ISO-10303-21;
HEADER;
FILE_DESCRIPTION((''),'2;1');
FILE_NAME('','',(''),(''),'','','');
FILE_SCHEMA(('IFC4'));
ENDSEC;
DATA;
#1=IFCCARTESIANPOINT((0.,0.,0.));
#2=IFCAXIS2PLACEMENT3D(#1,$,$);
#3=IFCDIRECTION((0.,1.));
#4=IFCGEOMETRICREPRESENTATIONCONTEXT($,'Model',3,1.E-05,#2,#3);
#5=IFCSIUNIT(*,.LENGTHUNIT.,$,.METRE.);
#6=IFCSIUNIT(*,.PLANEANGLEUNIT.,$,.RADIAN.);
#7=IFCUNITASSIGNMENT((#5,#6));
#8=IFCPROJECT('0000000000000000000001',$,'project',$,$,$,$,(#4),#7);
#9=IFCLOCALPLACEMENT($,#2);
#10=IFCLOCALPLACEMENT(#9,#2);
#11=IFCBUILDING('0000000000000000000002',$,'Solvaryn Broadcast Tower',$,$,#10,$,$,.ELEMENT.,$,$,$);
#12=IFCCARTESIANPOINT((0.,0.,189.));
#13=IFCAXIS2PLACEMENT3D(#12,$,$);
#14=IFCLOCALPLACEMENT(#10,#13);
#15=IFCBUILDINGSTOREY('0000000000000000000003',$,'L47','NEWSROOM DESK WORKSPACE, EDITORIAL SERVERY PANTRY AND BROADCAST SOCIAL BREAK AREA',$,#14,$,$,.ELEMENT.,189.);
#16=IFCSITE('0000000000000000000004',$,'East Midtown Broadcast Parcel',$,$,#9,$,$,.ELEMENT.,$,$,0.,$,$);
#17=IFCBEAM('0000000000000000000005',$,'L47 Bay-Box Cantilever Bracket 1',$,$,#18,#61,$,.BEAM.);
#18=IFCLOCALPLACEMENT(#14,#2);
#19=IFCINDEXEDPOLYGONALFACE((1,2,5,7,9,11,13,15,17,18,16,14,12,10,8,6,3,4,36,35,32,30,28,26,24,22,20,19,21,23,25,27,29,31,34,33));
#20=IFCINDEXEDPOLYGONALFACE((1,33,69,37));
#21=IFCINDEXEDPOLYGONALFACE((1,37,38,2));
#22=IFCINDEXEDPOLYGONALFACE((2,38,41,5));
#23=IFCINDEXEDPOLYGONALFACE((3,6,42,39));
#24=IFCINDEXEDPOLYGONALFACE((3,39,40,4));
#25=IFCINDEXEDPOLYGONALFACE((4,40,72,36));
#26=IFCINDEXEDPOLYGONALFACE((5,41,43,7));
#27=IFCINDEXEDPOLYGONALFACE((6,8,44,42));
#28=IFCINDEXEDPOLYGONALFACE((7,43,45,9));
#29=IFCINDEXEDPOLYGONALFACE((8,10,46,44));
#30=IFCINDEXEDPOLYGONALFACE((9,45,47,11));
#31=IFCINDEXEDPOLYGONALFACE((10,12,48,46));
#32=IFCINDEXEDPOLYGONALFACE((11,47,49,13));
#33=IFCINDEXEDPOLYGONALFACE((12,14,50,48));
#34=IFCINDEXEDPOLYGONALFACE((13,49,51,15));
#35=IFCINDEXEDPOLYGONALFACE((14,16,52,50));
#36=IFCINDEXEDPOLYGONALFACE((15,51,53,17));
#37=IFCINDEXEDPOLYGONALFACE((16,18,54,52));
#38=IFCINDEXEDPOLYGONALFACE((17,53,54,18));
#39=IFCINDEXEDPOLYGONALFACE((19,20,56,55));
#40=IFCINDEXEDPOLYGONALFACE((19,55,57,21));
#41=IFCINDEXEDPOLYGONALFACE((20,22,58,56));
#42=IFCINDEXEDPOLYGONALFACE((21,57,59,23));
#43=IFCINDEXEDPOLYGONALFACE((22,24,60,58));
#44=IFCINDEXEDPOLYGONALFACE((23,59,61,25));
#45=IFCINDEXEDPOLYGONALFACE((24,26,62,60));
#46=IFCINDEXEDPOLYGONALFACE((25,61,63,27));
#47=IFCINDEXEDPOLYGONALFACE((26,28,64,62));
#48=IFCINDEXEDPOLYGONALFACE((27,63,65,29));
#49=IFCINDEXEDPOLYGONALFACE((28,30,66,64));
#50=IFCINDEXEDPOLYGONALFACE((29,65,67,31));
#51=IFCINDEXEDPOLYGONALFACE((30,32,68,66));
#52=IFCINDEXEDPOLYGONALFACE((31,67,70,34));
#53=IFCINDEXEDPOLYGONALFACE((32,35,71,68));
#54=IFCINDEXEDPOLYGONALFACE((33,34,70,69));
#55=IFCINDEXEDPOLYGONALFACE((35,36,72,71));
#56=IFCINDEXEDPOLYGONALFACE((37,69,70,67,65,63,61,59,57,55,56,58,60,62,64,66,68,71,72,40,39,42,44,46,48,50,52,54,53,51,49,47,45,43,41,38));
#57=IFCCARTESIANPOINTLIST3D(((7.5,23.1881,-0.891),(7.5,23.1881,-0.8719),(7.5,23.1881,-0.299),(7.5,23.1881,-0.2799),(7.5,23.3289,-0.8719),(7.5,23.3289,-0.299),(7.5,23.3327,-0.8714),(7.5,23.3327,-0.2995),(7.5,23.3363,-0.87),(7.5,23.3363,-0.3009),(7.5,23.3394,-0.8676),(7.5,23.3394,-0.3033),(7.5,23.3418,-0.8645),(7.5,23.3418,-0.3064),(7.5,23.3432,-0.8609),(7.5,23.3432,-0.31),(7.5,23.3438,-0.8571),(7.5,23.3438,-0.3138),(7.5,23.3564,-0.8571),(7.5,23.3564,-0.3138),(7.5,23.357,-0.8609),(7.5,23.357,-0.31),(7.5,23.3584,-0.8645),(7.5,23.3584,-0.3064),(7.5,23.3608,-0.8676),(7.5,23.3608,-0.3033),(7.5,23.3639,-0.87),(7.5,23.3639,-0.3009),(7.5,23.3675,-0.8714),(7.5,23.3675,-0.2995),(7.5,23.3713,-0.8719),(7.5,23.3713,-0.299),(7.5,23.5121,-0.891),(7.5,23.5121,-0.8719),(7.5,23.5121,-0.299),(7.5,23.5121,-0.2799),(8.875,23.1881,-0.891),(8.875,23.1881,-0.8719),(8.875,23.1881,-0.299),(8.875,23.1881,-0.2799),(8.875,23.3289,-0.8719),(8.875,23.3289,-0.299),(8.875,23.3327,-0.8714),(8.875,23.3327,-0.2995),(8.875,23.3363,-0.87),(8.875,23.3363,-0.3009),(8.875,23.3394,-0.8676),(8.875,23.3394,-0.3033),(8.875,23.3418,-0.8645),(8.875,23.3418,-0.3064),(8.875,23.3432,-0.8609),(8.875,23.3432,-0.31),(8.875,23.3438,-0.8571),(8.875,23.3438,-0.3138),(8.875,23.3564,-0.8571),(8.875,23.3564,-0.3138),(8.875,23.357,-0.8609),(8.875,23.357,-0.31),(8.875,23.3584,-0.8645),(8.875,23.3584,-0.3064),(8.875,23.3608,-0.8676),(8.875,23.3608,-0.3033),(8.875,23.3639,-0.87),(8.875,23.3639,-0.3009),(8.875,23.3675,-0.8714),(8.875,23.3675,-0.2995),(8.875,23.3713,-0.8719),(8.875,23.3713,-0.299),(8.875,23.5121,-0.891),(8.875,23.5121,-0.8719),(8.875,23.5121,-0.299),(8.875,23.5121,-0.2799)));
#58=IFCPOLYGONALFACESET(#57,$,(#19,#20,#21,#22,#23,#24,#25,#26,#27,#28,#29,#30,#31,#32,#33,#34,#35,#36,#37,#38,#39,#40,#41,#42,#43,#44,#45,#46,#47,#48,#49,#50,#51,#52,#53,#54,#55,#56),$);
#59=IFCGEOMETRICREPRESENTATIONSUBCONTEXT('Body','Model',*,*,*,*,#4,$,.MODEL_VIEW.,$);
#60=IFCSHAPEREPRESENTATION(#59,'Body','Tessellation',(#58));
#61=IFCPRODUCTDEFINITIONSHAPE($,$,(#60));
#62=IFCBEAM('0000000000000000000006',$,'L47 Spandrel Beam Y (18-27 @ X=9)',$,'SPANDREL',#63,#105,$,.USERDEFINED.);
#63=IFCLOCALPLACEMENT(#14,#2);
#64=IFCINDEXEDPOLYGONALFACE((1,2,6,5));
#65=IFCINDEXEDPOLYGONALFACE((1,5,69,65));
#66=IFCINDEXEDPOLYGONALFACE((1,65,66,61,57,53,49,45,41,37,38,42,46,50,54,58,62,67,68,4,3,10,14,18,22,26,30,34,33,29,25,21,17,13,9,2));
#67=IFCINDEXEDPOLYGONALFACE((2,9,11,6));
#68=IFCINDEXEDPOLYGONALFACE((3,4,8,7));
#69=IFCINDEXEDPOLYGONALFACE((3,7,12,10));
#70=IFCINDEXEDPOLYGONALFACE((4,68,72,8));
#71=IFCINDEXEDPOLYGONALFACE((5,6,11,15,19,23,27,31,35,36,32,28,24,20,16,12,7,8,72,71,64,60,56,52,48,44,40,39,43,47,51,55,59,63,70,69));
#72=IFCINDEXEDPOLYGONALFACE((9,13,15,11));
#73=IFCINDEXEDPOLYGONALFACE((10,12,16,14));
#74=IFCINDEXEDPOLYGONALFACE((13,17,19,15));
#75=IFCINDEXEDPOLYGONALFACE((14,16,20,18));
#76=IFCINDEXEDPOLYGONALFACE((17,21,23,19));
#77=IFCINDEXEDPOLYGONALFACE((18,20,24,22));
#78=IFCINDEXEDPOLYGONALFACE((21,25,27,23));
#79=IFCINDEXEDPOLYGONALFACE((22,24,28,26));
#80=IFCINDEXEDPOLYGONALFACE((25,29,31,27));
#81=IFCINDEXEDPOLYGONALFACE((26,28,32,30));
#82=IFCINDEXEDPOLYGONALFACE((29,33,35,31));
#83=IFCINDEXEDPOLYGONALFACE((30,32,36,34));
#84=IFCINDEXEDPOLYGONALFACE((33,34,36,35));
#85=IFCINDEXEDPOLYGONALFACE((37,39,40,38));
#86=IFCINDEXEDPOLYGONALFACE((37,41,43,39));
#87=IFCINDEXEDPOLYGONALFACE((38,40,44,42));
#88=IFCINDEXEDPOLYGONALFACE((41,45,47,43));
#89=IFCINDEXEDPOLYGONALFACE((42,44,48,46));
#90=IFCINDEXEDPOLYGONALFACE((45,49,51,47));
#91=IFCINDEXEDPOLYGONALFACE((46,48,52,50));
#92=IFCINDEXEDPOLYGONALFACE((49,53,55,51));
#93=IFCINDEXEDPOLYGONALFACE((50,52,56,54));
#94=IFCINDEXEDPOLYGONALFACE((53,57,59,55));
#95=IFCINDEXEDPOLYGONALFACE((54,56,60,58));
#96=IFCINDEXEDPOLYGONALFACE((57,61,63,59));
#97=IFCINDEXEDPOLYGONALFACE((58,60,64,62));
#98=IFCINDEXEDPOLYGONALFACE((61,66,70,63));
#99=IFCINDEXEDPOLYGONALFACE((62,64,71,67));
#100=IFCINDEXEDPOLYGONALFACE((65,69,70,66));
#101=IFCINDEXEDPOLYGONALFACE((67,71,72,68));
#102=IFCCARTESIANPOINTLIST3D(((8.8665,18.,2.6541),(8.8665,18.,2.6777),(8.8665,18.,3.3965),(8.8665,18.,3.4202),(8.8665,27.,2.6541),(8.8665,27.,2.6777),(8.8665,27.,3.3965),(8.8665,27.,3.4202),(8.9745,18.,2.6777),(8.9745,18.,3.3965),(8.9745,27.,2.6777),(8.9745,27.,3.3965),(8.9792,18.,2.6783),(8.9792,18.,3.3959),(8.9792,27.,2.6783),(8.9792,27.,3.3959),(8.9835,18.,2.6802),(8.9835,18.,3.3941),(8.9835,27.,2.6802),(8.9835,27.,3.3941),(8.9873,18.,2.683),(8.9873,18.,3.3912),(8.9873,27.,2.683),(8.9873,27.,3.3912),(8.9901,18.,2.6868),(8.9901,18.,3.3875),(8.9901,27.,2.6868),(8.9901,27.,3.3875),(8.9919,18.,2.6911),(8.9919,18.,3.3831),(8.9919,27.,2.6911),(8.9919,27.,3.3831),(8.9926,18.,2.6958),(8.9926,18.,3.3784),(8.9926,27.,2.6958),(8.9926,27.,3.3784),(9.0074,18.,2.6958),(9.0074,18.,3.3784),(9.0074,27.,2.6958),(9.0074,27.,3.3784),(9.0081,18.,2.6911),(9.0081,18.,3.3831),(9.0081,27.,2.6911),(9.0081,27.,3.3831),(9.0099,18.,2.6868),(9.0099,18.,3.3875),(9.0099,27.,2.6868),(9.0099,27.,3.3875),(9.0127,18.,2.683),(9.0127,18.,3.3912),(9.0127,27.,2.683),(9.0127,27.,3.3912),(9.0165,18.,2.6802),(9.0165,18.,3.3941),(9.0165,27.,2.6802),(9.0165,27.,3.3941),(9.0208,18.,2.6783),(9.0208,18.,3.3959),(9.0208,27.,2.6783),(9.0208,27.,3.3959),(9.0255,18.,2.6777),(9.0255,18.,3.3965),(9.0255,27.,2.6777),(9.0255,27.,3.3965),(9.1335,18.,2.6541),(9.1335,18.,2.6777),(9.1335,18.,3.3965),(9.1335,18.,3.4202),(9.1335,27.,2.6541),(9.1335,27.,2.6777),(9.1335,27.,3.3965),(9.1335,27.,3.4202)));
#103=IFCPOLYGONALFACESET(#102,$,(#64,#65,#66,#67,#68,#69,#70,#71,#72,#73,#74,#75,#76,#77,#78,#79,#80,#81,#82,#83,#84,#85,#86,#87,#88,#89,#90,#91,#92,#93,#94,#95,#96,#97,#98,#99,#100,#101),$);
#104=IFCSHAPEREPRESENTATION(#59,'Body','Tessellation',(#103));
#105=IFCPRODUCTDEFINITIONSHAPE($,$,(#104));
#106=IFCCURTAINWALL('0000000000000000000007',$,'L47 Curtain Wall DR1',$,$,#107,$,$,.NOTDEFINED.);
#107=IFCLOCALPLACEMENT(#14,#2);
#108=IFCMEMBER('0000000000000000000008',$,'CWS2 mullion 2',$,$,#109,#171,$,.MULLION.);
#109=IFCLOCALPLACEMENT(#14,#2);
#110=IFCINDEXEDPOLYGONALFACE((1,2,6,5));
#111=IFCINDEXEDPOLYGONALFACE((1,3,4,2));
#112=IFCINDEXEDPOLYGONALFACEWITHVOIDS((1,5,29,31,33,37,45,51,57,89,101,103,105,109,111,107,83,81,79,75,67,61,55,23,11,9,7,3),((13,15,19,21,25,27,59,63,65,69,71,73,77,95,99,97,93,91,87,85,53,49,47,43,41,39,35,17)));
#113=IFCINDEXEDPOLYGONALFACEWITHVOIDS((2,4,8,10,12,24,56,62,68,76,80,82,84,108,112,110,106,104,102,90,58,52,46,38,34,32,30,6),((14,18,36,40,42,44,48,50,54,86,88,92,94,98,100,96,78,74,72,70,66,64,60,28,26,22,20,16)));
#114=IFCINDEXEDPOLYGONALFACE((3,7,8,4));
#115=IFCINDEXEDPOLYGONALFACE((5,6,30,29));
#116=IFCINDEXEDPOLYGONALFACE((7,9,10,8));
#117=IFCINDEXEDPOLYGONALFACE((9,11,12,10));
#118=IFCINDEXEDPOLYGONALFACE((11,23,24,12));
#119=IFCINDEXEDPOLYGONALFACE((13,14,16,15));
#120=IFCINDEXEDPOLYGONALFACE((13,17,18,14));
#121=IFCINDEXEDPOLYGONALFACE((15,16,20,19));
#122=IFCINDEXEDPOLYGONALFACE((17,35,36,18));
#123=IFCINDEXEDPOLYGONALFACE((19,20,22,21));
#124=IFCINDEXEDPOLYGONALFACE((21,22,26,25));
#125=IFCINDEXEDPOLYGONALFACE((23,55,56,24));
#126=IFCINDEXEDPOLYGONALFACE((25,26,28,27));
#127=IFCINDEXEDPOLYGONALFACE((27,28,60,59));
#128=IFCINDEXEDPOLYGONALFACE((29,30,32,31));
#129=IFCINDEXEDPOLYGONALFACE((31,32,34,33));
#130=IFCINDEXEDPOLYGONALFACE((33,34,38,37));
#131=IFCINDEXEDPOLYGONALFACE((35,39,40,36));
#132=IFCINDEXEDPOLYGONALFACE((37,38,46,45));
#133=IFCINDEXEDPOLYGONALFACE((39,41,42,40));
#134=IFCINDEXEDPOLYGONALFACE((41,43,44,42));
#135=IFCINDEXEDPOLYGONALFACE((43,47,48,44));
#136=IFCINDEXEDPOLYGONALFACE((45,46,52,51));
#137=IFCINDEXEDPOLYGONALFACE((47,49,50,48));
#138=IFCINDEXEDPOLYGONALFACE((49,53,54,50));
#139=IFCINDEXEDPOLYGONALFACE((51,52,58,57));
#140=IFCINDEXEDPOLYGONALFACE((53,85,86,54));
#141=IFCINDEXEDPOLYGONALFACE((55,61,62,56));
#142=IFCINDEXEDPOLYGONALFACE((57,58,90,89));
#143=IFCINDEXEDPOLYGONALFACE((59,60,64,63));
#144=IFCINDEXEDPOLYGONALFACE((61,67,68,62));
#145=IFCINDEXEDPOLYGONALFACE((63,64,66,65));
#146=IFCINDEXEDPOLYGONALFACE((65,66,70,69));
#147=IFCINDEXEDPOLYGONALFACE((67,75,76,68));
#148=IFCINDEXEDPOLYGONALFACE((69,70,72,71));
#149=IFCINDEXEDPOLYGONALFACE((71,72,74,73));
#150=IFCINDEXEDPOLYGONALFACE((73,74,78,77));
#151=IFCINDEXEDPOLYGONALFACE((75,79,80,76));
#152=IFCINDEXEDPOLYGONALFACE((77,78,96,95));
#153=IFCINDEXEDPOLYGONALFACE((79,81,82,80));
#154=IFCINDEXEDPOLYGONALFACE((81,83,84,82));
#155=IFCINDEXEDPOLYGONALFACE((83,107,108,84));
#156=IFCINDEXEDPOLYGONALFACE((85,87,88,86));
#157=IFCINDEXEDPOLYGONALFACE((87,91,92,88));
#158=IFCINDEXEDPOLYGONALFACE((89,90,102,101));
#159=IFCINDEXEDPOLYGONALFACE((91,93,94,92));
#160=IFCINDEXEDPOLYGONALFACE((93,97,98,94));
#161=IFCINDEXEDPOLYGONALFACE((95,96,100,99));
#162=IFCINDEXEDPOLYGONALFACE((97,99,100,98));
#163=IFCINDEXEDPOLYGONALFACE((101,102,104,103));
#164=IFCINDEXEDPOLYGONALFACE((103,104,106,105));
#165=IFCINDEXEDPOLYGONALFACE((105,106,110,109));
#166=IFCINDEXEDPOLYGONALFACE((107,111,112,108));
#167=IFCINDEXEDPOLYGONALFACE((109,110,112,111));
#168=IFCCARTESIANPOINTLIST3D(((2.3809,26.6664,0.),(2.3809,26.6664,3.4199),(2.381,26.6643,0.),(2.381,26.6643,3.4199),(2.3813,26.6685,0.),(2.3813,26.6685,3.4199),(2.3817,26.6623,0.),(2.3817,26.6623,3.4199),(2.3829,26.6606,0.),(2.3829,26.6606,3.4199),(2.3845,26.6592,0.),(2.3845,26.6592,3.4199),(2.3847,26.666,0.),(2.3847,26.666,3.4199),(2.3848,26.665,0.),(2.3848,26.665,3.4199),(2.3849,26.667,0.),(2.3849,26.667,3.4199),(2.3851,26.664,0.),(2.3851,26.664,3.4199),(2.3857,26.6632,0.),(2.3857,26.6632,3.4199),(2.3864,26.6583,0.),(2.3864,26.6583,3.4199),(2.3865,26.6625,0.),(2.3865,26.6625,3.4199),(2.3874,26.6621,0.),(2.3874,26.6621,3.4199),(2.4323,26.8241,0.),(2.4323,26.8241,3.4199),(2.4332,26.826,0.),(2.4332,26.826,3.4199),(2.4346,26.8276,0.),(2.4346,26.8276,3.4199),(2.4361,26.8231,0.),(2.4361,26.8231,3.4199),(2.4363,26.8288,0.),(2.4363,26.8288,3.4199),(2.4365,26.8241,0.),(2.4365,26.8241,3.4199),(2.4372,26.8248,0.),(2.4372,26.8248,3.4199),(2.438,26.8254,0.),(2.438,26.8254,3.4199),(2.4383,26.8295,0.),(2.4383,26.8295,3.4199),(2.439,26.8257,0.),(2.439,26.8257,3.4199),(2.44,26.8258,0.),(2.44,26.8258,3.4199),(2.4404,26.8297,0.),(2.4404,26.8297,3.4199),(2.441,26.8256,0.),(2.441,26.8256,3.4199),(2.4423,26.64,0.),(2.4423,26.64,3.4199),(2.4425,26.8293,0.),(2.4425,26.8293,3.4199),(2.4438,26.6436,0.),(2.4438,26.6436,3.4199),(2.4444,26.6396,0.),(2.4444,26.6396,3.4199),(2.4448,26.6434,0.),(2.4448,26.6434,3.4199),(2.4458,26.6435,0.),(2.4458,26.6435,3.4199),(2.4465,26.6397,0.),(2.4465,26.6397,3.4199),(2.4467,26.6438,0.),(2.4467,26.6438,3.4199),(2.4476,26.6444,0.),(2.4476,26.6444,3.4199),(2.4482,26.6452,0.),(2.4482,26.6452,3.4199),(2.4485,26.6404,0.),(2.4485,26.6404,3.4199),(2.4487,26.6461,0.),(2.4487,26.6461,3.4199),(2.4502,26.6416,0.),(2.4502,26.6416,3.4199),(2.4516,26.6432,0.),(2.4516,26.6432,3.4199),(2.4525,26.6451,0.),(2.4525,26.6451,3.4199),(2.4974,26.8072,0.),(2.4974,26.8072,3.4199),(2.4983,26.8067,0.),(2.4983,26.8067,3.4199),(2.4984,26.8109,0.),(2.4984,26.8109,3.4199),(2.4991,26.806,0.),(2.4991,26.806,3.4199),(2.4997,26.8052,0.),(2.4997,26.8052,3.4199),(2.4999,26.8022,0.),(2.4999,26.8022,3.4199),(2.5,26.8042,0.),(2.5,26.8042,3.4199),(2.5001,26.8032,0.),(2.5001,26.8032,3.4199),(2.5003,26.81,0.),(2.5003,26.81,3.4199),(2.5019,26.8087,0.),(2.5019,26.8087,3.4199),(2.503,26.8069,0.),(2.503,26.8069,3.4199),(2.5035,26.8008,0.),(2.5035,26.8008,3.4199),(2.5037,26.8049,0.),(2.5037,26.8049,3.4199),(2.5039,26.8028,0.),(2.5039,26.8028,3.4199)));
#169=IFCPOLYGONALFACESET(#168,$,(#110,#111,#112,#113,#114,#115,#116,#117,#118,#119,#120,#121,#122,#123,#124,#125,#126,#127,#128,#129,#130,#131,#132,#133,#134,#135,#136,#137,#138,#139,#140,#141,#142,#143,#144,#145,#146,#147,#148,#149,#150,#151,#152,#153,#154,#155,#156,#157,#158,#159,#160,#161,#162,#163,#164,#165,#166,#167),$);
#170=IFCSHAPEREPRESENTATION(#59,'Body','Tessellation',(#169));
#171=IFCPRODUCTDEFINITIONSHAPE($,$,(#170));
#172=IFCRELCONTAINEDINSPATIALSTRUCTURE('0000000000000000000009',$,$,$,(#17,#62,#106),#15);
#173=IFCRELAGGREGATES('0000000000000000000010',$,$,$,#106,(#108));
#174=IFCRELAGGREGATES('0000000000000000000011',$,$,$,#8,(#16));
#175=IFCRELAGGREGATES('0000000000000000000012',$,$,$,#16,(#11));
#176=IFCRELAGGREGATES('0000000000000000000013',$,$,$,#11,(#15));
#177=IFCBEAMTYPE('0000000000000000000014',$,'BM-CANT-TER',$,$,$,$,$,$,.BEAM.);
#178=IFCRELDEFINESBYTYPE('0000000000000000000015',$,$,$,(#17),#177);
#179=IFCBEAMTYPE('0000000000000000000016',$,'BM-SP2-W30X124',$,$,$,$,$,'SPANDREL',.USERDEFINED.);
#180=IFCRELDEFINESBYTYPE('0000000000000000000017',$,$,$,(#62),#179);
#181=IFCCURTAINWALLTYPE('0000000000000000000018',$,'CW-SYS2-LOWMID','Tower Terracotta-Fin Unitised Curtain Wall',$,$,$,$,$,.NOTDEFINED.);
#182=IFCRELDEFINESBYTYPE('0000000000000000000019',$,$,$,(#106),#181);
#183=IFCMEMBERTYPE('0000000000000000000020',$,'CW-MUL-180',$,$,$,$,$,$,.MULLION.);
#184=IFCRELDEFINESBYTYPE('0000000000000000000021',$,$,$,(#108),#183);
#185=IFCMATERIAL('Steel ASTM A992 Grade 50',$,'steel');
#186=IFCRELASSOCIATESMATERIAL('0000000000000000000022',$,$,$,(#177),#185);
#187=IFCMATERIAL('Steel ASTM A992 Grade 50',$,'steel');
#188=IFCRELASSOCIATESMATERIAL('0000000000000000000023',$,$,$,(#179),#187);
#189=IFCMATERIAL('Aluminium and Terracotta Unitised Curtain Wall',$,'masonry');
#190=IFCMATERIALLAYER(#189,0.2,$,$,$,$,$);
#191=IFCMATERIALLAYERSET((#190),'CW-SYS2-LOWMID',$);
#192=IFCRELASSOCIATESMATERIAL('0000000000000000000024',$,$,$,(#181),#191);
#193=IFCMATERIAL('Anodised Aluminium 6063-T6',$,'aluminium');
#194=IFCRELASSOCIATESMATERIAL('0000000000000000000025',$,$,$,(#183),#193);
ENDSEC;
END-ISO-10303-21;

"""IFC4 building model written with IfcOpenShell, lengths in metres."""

from ifc_helpers import new_model, si_unit, direction, frame, origin, origin_2d, place, context, subcontext, project, spatial, hollow_rectangle, i_section, extrude, material, layer, layer_set, material_profile, profile_set, type_object, element, aggregate, save


model = new_model("IFC4")

# Units and contexts
model_context = context("Model", 3, precision=1e-05, world=origin(), true_north=direction((0.0, 1.0)))
body_context = subcontext(model_context, "Body", "Model", "MODEL_VIEW")
ifc_project = project(units=[si_unit("LENGTHUNIT", "METRE"), si_unit("PLANEANGLEUNIT", "RADIAN")], contexts=[model_context])

# Site, building, storey
site_placement = place(None, origin())
site = spatial("IfcSite", under=ifc_project, at=site_placement, Name="East Midtown Broadcast Parcel", CompositionType="ELEMENT", RefElevation=0.0)
building_placement = place(site_placement, origin())
building = spatial("IfcBuilding", under=site, at=building_placement, Name="Solvaryn Broadcast Tower", CompositionType="ELEMENT")
storey_placement = place(building_placement, frame((0.0, 0.0, 189.0)))
storey = spatial("IfcBuildingStorey", under=building, at=storey_placement, Name="L47", Description="NEWSROOM DESK WORKSPACE, EDITORIAL SERVERY PANTRY AND BROADCAST SOCIAL BREAK AREA", CompositionType="ELEMENT", Elevation=189.0)

# Beams
ifc_material_1 = material(Name="Steel ASTM A992 Grade 50", Category="steel")
ifc_material_profile_1 = material_profile(ifc_material_1, i_section(OverallWidth=0.324, OverallDepth=0.6111, WebThickness=0.0127, FlangeThickness=0.019, FilletRadius=0.0149, at=origin_2d()))
ifc_profile_set_1 = profile_set([ifc_material_profile_1], Name="Steel ASTM A992 Grade 50")
beam_type_1 = type_object("IfcBeamType", Name="BM-CANT-TER", PredefinedType="BEAM", material=ifc_profile_set_1)
beam_1_placement = place(storey_placement, frame((8.875, 23.3501, -0.5854), z_axis=(-1.0, 0.0, 0.0), x_axis=(0.0, -1.0, 0.0)))
element("IfcBeam", 1, at=beam_1_placement, inside=storey, type_object=beam_type_1, Name="L47 Bay-Box Cantilever Bracket 1", PredefinedType="BEAM", context=body_context, shape_type="SweptSolid", body=[
    extrude(i_section(OverallWidth=0.324, OverallDepth=0.6111, WebThickness=0.0127, FlangeThickness=0.019, FilletRadius=0.0149, at=origin_2d()), origin(), (0.0, 0.0, 1.0), 1.375),
])
ifc_material_2 = material(Name="Steel ASTM A992 Grade 50", Category="steel")
ifc_material_profile_2 = material_profile(ifc_material_2, i_section(OverallWidth=0.2671, OverallDepth=0.7661, WebThickness=0.0149, FlangeThickness=0.0237, FilletRadius=0.0181, at=origin_2d()))
ifc_profile_set_2 = profile_set([ifc_material_profile_2], Name="Steel ASTM A992 Grade 50")
beam_type_2 = type_object("IfcBeamType", Name="BM-SP2-W30X124", ElementType="SPANDREL", PredefinedType="USERDEFINED", material=ifc_profile_set_2)
beam_2_placement = place(storey_placement, frame((9.0, 18.0, 3.0371), z_axis=(0.0, 1.0, 0.0), x_axis=(-1.0, 0.0, 0.0)))
element("IfcBeam", 2, at=beam_2_placement, inside=storey, type_object=beam_type_2, Name="L47 Spandrel Beam Y (18-27 @ X=9)", ObjectType="SPANDREL", PredefinedType="USERDEFINED", context=body_context, shape_type="SweptSolid", body=[
    extrude(i_section(OverallWidth=0.2671, OverallDepth=0.7661, WebThickness=0.0149, FlangeThickness=0.0237, FilletRadius=0.0181, at=origin_2d()), origin(), (0.0, 0.0, 1.0), 9.0),
])

# Curtain wall, member
ifc_material_3 = material(Name="Aluminium and Terracotta Unitised Curtain Wall", Category="masonry")
ifc_layer_1 = layer(ifc_material_3, 0.2)
ifc_layer_set_1 = layer_set([ifc_layer_1], Name="CW-SYS2-LOWMID")
curtain_wall_type = type_object("IfcCurtainWallType", Name="CW-SYS2-LOWMID", Description="Tower Terracotta-Fin Unitised Curtain Wall", PredefinedType="NOTDEFINED", material=ifc_layer_set_1)
curtain_wall_1_placement = place(storey_placement, origin())
curtain_wall_1 = element("IfcCurtainWall", 3, at=curtain_wall_1_placement, inside=storey, type_object=curtain_wall_type, Name="L47 Curtain Wall DR1", PredefinedType="NOTDEFINED")
ifc_material_4 = material(Name="Anodised Aluminium 6063-T6", Category="aluminium")
ifc_material_profile_3 = material_profile(ifc_material_4, hollow_rectangle(XDim=0.075, YDim=0.1799, WallThickness=0.0039, InnerFilletRadius=0.0039, OuterFilletRadius=0.0081, at=origin_2d()))
ifc_profile_set_3 = profile_set([ifc_material_profile_3], Name="Anodised Aluminium 6063-T6")
member_type_1 = type_object("IfcMemberType", Name="CW-MUL-180", PredefinedType="MULLION", material=ifc_profile_set_3)
member_1_placement = place(storey_placement, frame((2.4424, 26.7346, 0.0), z_axis=(0.0, 0.0, 1.0), x_axis=(0.950227, -0.311559, 0.0)))
member_1 = element("IfcMember", 4, at=member_1_placement, type_object=member_type_1, Name="CWS2 mullion 2", PredefinedType="MULLION", context=body_context, shape_type="SweptSolid", body=[
    extrude(hollow_rectangle(XDim=0.075, YDim=0.1799, WallThickness=0.0039, InnerFilletRadius=0.0039, OuterFilletRadius=0.0081, at=origin_2d()), origin(), (0.0, 0.0, 1.0), 3.4199),
])
aggregate(curtain_wall_1, [member_1])

save(model, "model.ifc")
